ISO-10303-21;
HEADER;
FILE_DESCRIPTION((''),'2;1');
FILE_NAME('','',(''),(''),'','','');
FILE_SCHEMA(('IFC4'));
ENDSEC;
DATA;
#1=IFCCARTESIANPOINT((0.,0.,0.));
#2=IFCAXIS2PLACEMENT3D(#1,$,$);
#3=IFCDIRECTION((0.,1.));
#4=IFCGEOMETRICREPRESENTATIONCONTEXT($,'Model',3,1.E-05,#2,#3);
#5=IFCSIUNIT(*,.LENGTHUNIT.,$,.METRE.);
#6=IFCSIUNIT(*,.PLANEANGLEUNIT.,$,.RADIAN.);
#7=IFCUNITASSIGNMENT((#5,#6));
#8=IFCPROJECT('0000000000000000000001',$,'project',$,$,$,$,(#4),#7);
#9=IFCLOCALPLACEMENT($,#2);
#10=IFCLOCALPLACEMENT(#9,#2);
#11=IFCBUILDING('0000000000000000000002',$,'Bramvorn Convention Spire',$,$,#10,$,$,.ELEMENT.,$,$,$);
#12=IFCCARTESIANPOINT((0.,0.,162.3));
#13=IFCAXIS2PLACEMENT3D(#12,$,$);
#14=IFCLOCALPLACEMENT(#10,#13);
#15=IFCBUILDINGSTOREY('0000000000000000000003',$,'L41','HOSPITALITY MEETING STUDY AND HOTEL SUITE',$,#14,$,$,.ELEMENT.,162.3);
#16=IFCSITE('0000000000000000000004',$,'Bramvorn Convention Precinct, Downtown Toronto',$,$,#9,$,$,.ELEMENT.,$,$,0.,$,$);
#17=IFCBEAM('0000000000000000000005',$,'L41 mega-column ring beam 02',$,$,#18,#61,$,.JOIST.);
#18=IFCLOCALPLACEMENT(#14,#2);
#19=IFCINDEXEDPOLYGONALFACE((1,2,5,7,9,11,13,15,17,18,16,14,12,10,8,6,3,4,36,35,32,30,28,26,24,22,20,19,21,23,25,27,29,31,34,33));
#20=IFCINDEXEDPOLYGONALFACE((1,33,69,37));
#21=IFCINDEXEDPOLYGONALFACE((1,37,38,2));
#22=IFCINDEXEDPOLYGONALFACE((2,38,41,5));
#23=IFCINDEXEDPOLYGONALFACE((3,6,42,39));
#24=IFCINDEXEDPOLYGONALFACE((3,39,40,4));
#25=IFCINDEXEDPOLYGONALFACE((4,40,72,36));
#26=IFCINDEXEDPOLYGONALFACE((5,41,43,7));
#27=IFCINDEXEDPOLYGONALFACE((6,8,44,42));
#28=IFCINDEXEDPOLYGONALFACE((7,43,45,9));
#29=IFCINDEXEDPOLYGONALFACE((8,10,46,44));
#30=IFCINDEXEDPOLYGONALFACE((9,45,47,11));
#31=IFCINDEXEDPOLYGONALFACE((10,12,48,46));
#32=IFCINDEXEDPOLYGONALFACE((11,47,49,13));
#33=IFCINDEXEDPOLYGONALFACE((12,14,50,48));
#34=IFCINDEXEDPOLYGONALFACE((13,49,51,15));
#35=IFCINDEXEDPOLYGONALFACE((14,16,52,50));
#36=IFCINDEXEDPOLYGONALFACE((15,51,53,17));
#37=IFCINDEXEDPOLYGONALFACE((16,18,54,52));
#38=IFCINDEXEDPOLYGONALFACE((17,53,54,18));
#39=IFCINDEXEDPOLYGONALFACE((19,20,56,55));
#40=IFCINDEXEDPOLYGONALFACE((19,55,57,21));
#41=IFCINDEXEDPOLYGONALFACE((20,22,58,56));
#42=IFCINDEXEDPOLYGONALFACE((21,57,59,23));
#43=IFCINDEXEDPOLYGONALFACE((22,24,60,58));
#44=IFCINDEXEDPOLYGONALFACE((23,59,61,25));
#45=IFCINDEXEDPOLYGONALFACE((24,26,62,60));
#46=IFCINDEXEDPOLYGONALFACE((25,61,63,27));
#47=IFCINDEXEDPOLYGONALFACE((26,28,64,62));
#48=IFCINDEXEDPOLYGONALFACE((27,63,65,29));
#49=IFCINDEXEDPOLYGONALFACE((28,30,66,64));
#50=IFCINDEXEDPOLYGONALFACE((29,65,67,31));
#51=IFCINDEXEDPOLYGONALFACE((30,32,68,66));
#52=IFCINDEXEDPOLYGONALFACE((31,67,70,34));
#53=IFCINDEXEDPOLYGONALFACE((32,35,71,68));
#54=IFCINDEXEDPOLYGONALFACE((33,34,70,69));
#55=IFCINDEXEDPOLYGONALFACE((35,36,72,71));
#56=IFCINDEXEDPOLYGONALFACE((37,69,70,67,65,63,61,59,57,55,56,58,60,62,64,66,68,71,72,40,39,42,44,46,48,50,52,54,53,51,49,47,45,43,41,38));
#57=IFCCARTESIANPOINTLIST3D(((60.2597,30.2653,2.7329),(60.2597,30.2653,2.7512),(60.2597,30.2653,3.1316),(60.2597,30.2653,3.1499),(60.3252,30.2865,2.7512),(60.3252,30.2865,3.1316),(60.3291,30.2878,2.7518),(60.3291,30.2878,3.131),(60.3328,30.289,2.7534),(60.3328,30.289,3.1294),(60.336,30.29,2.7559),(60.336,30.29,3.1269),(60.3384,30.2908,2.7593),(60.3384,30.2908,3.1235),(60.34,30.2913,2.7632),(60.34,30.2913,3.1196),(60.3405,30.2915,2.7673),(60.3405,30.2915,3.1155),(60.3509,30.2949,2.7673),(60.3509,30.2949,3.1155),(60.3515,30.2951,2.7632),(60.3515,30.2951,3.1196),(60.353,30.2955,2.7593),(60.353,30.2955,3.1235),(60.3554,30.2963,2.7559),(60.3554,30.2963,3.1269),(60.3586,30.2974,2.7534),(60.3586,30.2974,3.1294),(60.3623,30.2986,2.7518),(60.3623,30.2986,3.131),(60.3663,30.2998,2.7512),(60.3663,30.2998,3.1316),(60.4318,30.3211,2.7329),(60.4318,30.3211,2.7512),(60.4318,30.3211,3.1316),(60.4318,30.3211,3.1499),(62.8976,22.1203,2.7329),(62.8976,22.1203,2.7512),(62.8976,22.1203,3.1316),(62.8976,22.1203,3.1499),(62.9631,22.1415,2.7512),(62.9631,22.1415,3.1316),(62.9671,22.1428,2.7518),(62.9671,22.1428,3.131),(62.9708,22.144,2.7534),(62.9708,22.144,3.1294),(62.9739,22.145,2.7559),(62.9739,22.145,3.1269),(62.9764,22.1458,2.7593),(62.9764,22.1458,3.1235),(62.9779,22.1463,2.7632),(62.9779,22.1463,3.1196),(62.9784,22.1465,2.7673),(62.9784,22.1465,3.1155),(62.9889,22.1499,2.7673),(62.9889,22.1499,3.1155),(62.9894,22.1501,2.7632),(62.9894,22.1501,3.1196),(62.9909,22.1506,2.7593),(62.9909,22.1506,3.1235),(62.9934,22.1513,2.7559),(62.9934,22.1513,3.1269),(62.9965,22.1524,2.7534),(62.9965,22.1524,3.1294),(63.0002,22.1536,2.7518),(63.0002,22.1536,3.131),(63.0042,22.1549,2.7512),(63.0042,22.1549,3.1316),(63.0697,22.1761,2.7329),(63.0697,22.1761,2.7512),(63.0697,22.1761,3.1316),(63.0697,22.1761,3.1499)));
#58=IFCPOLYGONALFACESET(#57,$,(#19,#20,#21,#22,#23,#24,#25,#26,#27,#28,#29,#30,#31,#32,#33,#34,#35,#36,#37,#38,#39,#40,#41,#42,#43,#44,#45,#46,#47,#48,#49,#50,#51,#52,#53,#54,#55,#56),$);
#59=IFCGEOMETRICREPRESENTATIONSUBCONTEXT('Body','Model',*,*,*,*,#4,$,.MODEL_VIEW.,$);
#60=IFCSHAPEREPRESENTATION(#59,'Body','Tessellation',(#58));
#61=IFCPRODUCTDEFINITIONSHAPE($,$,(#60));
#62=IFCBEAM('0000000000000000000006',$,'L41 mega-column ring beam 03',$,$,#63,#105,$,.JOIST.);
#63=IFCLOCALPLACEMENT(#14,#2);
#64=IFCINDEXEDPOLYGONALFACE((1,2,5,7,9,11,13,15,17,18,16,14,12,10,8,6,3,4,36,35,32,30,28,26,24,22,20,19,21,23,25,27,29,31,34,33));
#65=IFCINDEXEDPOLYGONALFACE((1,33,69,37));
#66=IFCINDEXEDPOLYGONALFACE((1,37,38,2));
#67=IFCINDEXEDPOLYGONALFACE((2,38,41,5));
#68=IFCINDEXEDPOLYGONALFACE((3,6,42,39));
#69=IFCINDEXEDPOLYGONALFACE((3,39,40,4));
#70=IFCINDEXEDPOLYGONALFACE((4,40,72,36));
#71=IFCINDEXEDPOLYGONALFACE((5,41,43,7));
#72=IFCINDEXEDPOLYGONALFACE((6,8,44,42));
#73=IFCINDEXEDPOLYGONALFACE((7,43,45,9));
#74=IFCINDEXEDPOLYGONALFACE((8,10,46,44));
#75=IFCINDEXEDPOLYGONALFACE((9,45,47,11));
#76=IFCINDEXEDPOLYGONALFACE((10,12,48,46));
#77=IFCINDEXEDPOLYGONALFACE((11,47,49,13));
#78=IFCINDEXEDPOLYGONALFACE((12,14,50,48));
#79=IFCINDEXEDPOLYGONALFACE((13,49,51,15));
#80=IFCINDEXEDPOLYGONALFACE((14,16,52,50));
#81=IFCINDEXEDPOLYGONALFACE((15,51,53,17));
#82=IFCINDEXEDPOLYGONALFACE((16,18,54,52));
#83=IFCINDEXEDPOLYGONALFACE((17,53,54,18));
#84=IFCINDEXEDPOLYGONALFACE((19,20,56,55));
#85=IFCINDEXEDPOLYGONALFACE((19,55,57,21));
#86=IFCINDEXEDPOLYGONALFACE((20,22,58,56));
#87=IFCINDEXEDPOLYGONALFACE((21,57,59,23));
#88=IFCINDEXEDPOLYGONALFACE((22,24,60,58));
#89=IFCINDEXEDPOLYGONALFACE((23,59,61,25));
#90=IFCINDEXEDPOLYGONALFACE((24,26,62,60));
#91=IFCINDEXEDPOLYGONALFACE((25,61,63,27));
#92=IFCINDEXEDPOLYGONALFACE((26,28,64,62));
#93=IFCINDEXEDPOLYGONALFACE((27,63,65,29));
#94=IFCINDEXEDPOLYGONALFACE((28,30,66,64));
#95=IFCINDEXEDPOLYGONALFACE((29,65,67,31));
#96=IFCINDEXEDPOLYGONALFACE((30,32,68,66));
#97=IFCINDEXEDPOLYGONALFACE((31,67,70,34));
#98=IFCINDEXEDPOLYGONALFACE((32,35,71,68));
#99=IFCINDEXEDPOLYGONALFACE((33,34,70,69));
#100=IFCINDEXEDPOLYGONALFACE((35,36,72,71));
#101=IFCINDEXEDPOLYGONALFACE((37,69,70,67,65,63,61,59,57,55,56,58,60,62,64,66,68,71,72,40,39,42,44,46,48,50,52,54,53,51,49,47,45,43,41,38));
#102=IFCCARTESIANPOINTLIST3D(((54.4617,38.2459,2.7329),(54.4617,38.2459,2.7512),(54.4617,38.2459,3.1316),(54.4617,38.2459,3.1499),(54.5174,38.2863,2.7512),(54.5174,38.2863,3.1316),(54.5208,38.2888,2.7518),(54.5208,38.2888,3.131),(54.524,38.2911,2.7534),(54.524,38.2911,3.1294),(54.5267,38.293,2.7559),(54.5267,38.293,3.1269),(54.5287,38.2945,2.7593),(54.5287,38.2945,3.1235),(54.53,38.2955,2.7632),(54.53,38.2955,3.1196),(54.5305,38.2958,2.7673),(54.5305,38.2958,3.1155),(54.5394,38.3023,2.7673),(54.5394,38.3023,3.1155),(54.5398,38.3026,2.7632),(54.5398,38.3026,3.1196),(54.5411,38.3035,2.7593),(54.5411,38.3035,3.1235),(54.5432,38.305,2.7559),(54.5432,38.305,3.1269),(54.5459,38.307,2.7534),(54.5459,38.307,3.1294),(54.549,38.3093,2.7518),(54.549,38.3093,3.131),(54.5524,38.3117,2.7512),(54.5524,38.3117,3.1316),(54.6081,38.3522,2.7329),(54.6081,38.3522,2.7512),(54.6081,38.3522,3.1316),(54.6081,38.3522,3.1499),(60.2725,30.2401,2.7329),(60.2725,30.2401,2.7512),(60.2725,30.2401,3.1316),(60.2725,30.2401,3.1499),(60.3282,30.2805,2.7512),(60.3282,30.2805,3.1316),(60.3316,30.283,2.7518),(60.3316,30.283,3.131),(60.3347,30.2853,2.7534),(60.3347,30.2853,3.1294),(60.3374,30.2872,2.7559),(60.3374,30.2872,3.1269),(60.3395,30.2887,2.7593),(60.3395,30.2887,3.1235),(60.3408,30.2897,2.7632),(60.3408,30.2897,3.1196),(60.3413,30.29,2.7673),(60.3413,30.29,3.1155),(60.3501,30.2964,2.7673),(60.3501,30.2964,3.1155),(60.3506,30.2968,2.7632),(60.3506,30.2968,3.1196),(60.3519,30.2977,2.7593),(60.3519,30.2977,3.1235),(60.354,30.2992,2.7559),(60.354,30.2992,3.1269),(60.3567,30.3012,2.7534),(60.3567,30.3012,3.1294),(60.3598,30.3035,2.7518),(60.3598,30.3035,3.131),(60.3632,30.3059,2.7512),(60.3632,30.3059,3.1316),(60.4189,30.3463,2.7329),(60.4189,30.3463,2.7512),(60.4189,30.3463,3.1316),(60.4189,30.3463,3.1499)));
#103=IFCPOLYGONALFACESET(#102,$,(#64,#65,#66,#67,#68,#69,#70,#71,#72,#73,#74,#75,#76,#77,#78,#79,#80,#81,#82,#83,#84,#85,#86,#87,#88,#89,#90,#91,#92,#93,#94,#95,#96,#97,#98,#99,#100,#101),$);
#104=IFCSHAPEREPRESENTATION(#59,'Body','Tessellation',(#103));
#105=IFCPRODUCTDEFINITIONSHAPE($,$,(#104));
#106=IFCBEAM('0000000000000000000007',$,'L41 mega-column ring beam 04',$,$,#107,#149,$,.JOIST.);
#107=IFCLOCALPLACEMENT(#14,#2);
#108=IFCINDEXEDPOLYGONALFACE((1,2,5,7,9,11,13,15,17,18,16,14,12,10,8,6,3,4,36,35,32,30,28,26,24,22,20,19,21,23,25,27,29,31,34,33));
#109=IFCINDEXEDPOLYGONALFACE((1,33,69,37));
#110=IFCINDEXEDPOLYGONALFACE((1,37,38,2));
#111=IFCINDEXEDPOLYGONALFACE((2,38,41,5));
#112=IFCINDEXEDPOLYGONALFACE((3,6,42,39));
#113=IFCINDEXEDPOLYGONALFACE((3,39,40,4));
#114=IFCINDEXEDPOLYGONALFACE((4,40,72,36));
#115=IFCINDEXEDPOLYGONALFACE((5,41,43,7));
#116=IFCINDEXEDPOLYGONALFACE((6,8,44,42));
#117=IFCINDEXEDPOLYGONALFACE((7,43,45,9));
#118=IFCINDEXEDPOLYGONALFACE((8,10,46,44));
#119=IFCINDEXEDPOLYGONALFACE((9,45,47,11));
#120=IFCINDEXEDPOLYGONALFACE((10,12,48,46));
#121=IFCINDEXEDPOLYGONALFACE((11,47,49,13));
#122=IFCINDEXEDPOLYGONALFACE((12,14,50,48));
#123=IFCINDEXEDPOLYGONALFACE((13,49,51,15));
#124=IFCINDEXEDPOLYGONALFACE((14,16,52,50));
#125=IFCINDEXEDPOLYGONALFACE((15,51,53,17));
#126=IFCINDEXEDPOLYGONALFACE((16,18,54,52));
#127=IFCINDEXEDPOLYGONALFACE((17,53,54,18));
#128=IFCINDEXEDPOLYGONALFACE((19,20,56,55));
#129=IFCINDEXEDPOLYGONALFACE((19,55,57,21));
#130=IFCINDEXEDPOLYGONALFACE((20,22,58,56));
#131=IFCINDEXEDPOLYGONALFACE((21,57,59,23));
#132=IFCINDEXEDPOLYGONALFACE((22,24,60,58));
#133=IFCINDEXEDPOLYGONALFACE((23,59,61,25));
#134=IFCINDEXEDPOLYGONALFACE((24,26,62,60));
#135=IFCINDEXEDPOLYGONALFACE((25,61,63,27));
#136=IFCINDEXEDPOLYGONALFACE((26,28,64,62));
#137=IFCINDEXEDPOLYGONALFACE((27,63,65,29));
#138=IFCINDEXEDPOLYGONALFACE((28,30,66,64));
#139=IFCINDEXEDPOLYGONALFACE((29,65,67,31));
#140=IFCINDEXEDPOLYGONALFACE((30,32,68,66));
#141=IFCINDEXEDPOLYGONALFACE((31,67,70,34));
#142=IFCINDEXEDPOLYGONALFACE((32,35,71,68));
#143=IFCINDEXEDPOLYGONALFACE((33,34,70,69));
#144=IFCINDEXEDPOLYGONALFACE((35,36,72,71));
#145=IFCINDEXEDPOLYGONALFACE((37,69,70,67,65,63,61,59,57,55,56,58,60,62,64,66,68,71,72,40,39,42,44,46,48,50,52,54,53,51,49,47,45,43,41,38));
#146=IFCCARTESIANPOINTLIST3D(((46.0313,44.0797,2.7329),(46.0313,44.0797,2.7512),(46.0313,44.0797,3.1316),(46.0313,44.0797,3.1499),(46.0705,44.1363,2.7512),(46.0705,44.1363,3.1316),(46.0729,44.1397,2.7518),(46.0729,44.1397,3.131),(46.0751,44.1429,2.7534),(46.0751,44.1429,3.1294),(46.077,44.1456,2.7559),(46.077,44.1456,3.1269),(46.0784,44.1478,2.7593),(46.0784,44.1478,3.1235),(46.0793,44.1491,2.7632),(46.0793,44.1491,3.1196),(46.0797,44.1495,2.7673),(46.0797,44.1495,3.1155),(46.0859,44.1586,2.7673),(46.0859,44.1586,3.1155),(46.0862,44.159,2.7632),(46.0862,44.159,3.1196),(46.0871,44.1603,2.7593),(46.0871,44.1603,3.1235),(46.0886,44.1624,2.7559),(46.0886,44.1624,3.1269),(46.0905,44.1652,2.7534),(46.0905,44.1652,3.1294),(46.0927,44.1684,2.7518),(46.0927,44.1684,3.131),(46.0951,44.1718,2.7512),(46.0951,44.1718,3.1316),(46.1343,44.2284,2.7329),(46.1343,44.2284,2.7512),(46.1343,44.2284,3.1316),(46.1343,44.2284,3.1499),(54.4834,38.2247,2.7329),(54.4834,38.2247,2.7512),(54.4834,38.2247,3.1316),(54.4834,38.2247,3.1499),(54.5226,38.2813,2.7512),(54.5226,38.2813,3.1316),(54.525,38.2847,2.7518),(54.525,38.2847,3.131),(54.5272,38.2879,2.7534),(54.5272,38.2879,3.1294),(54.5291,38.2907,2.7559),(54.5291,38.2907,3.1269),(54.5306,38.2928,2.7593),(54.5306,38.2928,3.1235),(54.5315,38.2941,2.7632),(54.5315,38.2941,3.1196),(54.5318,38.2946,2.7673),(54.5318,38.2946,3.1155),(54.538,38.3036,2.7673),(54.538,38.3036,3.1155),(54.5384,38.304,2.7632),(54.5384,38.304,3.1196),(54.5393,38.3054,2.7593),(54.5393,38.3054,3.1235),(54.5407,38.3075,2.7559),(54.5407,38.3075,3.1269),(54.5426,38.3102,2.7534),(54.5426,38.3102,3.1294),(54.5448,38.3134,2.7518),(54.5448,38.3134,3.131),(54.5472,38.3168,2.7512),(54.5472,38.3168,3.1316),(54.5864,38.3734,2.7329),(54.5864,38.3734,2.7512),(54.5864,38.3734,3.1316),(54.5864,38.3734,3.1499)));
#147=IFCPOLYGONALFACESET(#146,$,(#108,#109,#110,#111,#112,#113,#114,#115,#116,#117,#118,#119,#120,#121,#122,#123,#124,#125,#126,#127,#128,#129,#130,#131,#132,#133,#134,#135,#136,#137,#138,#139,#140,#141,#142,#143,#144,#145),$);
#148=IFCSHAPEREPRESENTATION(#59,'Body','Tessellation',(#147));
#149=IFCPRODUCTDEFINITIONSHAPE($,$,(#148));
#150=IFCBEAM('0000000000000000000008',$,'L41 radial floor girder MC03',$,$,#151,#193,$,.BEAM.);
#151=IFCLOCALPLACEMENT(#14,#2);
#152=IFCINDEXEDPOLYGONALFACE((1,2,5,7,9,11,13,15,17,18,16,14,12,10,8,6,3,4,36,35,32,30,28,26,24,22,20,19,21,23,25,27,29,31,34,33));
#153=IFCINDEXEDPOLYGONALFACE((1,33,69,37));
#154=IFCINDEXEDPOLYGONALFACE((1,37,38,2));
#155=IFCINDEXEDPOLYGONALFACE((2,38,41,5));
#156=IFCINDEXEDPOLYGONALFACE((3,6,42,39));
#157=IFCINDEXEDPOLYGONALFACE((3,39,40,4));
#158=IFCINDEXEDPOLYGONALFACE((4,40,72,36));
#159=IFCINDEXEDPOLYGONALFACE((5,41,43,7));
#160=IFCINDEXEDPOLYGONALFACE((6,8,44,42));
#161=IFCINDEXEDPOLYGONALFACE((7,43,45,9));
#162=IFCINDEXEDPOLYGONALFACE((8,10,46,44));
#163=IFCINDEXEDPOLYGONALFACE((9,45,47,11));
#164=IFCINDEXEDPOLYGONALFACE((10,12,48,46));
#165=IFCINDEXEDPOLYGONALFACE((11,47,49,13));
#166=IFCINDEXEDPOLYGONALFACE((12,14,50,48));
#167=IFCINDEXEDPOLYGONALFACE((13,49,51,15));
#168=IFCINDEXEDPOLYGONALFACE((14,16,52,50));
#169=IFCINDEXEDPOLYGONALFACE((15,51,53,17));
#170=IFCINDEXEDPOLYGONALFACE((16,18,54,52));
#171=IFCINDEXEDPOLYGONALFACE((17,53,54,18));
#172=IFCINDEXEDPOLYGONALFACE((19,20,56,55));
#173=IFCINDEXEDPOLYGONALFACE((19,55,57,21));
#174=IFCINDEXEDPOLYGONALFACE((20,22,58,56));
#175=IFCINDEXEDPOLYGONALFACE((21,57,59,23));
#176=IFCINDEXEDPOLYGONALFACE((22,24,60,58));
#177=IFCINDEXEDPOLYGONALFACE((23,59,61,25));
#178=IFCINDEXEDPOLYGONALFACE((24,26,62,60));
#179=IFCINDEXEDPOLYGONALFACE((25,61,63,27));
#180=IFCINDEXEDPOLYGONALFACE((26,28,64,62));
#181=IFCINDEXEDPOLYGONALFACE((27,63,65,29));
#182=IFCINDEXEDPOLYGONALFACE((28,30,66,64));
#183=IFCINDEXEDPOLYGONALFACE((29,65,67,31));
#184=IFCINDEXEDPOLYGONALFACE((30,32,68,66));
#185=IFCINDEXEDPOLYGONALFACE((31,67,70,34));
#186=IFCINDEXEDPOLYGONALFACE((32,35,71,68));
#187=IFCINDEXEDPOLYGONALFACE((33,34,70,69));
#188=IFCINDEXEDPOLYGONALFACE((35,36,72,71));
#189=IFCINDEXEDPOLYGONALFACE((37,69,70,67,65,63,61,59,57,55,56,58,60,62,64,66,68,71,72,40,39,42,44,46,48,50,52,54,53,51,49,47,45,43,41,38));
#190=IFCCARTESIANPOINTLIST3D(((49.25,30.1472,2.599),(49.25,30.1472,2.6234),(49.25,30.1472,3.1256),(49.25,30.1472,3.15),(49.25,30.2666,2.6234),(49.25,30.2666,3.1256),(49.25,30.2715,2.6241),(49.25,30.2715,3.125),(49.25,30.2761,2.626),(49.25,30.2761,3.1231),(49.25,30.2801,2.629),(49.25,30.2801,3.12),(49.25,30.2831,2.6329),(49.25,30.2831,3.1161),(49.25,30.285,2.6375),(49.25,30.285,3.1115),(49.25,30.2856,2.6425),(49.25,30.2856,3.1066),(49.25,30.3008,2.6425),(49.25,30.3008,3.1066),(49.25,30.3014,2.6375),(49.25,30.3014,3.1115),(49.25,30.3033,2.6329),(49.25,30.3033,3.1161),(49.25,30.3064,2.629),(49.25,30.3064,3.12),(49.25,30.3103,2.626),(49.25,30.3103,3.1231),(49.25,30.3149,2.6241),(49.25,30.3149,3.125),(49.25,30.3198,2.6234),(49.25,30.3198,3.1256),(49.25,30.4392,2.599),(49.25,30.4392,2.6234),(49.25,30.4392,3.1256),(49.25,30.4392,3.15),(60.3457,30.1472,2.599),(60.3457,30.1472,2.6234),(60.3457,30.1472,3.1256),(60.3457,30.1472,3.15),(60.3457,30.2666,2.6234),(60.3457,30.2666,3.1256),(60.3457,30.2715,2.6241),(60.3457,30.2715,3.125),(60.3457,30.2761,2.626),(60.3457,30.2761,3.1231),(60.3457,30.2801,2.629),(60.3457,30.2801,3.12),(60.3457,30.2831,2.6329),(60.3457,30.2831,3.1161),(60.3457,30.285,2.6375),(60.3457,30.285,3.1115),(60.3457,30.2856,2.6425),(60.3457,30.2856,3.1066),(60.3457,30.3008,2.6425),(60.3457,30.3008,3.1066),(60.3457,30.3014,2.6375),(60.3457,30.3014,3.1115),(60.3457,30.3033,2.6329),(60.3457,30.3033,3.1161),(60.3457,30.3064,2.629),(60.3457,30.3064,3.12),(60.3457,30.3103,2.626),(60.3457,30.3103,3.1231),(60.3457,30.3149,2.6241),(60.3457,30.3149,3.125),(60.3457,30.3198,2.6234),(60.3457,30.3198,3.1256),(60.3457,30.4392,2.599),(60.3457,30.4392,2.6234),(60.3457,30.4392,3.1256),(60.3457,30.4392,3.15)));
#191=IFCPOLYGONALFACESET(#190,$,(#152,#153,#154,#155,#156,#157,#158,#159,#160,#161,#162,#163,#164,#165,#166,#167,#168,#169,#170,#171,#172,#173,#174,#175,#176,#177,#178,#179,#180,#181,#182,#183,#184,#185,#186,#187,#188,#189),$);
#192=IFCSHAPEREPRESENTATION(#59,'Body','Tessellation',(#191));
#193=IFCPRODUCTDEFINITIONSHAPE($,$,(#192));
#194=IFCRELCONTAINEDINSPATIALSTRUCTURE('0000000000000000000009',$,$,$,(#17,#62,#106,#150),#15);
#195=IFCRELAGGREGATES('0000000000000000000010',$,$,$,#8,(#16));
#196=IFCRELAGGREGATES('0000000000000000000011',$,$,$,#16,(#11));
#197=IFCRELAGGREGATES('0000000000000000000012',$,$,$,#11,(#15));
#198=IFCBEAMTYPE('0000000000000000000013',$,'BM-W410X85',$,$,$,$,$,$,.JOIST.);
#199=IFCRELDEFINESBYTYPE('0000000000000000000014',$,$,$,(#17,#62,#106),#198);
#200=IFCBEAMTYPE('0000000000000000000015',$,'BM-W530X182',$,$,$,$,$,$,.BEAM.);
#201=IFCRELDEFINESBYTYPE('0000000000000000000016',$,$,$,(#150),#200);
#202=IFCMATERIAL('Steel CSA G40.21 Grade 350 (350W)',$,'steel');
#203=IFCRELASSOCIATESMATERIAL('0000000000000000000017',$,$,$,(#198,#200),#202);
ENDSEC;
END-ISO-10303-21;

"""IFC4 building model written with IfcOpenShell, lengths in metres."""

from ifc_helpers import new_model, si_unit, direction, frame, origin, origin_2d, place, context, subcontext, project, spatial, i_section, extrude, material, material_profile, profile_set, type_object, element, save


model = new_model("IFC4")

# Units and contexts
model_context = context("Model", 3, precision=1e-05, world=origin(), true_north=direction((0.0, 1.0)))
body_context = subcontext(model_context, "Body", "Model", "MODEL_VIEW")
ifc_project = project(units=[si_unit("LENGTHUNIT", "METRE"), si_unit("PLANEANGLEUNIT", "RADIAN")], contexts=[model_context])

# Site, building, storey
site_placement = place(None, origin())
site = spatial("IfcSite", under=ifc_project, at=site_placement, Name="Bramvorn Convention Precinct, Downtown Toronto", CompositionType="ELEMENT", RefElevation=0.0)
building_placement = place(site_placement, origin())
building = spatial("IfcBuilding", under=site, at=building_placement, Name="Bramvorn Convention Spire", CompositionType="ELEMENT")
storey_placement = place(building_placement, frame((0.0, 0.0, 162.3)))
storey = spatial("IfcBuildingStorey", under=building, at=storey_placement, Name="L41", Description="HOSPITALITY MEETING STUDY AND HOTEL SUITE", CompositionType="ELEMENT", Elevation=162.3)

# Shared definitions
ifc_material_1 = material(Name="Steel CSA G40.21 Grade 350 (350W)", Category="steel")

# Beams
ifc_material_profile_1 = material_profile(ifc_material_1, i_section(OverallWidth=0.1809, OverallDepth=0.417, WebThickness=0.011, FlangeThickness=0.0183, FilletRadius=0.0161, at=origin_2d()))
ifc_profile_set_1 = profile_set([ifc_material_profile_1], Name="Steel CSA G40.21 Grade 350 (350W) - W410X85")
beam_type_1 = type_object("IfcBeamType", Name="BM-W410X85", PredefinedType="JOIST", material=ifc_profile_set_1)
beam_1_placement = place(storey_placement, frame((62.9836, 22.1482, 2.9414), z_axis=(-0.308115, 0.951349, 0.0), x_axis=(-0.951349, -0.308115, 0.0)))
element("IfcBeam", 1, at=beam_1_placement, inside=storey, type_object=beam_type_1, Name="L41 mega-column ring beam 02", PredefinedType="JOIST", context=body_context, shape_type="SweptSolid", body=[
    extrude(i_section(OverallWidth=0.1809, OverallDepth=0.417, WebThickness=0.011, FlangeThickness=0.0183, FilletRadius=0.0161, at=origin_2d()), origin(), (0.0, 0.0, 1.0), 8.5615),
])
beam_2_placement = place(storey_placement, frame((60.3457, 30.2932, 2.9414), z_axis=(-0.587401, 0.809296, 0.0), x_axis=(-0.809296, -0.587401, 0.0)))
element("IfcBeam", 2, at=beam_2_placement, inside=storey, type_object=beam_type_1, Name="L41 mega-column ring beam 03", PredefinedType="JOIST", context=body_context, shape_type="SweptSolid", body=[
    extrude(i_section(OverallWidth=0.1809, OverallDepth=0.417, WebThickness=0.011, FlangeThickness=0.0183, FilletRadius=0.0161, at=origin_2d()), origin(), (0.0, 0.0, 1.0), 9.8923),
])
beam_3_placement = place(storey_placement, frame((54.5349, 38.2991, 2.9414), z_axis=(-0.822033, 0.56944, 0.0), x_axis=(-0.56944, -0.822033, 0.0)))
element("IfcBeam", 3, at=beam_3_placement, inside=storey, type_object=beam_type_1, Name="L41 mega-column ring beam 04", PredefinedType="JOIST", context=body_context, shape_type="SweptSolid", body=[
    extrude(i_section(OverallWidth=0.1809, OverallDepth=0.417, WebThickness=0.011, FlangeThickness=0.0183, FilletRadius=0.0161, at=origin_2d()), origin(), (0.0, 0.0, 1.0), 10.282),
])
ifc_material_profile_2 = material_profile(ifc_material_1, i_section(OverallWidth=0.292, OverallDepth=0.551, WebThickness=0.0151, FlangeThickness=0.0244, FilletRadius=0.019, at=origin_2d()))
ifc_profile_set_2 = profile_set([ifc_material_profile_2], Name="Steel CSA G40.21 Grade 350 (350W) - W530X182")
beam_type_2 = type_object("IfcBeamType", Name="BM-W530X182", PredefinedType="BEAM", material=ifc_profile_set_2)
beam_4_placement = place(storey_placement, frame((49.25, 30.2932, 2.8745), z_axis=(1.0, 0.0, 0.0), x_axis=(0.0, 1.0, 0.0)))
element("IfcBeam", 4, at=beam_4_placement, inside=storey, type_object=beam_type_2, Name="L41 radial floor girder MC03", PredefinedType="BEAM", context=body_context, shape_type="SweptSolid", body=[
    extrude(i_section(OverallWidth=0.292, OverallDepth=0.551, WebThickness=0.0151, FlangeThickness=0.0244, FilletRadius=0.019, at=origin_2d()), origin(), (0.0, 0.0, 1.0), 11.0957),
])

save(model, "model.ifc")
